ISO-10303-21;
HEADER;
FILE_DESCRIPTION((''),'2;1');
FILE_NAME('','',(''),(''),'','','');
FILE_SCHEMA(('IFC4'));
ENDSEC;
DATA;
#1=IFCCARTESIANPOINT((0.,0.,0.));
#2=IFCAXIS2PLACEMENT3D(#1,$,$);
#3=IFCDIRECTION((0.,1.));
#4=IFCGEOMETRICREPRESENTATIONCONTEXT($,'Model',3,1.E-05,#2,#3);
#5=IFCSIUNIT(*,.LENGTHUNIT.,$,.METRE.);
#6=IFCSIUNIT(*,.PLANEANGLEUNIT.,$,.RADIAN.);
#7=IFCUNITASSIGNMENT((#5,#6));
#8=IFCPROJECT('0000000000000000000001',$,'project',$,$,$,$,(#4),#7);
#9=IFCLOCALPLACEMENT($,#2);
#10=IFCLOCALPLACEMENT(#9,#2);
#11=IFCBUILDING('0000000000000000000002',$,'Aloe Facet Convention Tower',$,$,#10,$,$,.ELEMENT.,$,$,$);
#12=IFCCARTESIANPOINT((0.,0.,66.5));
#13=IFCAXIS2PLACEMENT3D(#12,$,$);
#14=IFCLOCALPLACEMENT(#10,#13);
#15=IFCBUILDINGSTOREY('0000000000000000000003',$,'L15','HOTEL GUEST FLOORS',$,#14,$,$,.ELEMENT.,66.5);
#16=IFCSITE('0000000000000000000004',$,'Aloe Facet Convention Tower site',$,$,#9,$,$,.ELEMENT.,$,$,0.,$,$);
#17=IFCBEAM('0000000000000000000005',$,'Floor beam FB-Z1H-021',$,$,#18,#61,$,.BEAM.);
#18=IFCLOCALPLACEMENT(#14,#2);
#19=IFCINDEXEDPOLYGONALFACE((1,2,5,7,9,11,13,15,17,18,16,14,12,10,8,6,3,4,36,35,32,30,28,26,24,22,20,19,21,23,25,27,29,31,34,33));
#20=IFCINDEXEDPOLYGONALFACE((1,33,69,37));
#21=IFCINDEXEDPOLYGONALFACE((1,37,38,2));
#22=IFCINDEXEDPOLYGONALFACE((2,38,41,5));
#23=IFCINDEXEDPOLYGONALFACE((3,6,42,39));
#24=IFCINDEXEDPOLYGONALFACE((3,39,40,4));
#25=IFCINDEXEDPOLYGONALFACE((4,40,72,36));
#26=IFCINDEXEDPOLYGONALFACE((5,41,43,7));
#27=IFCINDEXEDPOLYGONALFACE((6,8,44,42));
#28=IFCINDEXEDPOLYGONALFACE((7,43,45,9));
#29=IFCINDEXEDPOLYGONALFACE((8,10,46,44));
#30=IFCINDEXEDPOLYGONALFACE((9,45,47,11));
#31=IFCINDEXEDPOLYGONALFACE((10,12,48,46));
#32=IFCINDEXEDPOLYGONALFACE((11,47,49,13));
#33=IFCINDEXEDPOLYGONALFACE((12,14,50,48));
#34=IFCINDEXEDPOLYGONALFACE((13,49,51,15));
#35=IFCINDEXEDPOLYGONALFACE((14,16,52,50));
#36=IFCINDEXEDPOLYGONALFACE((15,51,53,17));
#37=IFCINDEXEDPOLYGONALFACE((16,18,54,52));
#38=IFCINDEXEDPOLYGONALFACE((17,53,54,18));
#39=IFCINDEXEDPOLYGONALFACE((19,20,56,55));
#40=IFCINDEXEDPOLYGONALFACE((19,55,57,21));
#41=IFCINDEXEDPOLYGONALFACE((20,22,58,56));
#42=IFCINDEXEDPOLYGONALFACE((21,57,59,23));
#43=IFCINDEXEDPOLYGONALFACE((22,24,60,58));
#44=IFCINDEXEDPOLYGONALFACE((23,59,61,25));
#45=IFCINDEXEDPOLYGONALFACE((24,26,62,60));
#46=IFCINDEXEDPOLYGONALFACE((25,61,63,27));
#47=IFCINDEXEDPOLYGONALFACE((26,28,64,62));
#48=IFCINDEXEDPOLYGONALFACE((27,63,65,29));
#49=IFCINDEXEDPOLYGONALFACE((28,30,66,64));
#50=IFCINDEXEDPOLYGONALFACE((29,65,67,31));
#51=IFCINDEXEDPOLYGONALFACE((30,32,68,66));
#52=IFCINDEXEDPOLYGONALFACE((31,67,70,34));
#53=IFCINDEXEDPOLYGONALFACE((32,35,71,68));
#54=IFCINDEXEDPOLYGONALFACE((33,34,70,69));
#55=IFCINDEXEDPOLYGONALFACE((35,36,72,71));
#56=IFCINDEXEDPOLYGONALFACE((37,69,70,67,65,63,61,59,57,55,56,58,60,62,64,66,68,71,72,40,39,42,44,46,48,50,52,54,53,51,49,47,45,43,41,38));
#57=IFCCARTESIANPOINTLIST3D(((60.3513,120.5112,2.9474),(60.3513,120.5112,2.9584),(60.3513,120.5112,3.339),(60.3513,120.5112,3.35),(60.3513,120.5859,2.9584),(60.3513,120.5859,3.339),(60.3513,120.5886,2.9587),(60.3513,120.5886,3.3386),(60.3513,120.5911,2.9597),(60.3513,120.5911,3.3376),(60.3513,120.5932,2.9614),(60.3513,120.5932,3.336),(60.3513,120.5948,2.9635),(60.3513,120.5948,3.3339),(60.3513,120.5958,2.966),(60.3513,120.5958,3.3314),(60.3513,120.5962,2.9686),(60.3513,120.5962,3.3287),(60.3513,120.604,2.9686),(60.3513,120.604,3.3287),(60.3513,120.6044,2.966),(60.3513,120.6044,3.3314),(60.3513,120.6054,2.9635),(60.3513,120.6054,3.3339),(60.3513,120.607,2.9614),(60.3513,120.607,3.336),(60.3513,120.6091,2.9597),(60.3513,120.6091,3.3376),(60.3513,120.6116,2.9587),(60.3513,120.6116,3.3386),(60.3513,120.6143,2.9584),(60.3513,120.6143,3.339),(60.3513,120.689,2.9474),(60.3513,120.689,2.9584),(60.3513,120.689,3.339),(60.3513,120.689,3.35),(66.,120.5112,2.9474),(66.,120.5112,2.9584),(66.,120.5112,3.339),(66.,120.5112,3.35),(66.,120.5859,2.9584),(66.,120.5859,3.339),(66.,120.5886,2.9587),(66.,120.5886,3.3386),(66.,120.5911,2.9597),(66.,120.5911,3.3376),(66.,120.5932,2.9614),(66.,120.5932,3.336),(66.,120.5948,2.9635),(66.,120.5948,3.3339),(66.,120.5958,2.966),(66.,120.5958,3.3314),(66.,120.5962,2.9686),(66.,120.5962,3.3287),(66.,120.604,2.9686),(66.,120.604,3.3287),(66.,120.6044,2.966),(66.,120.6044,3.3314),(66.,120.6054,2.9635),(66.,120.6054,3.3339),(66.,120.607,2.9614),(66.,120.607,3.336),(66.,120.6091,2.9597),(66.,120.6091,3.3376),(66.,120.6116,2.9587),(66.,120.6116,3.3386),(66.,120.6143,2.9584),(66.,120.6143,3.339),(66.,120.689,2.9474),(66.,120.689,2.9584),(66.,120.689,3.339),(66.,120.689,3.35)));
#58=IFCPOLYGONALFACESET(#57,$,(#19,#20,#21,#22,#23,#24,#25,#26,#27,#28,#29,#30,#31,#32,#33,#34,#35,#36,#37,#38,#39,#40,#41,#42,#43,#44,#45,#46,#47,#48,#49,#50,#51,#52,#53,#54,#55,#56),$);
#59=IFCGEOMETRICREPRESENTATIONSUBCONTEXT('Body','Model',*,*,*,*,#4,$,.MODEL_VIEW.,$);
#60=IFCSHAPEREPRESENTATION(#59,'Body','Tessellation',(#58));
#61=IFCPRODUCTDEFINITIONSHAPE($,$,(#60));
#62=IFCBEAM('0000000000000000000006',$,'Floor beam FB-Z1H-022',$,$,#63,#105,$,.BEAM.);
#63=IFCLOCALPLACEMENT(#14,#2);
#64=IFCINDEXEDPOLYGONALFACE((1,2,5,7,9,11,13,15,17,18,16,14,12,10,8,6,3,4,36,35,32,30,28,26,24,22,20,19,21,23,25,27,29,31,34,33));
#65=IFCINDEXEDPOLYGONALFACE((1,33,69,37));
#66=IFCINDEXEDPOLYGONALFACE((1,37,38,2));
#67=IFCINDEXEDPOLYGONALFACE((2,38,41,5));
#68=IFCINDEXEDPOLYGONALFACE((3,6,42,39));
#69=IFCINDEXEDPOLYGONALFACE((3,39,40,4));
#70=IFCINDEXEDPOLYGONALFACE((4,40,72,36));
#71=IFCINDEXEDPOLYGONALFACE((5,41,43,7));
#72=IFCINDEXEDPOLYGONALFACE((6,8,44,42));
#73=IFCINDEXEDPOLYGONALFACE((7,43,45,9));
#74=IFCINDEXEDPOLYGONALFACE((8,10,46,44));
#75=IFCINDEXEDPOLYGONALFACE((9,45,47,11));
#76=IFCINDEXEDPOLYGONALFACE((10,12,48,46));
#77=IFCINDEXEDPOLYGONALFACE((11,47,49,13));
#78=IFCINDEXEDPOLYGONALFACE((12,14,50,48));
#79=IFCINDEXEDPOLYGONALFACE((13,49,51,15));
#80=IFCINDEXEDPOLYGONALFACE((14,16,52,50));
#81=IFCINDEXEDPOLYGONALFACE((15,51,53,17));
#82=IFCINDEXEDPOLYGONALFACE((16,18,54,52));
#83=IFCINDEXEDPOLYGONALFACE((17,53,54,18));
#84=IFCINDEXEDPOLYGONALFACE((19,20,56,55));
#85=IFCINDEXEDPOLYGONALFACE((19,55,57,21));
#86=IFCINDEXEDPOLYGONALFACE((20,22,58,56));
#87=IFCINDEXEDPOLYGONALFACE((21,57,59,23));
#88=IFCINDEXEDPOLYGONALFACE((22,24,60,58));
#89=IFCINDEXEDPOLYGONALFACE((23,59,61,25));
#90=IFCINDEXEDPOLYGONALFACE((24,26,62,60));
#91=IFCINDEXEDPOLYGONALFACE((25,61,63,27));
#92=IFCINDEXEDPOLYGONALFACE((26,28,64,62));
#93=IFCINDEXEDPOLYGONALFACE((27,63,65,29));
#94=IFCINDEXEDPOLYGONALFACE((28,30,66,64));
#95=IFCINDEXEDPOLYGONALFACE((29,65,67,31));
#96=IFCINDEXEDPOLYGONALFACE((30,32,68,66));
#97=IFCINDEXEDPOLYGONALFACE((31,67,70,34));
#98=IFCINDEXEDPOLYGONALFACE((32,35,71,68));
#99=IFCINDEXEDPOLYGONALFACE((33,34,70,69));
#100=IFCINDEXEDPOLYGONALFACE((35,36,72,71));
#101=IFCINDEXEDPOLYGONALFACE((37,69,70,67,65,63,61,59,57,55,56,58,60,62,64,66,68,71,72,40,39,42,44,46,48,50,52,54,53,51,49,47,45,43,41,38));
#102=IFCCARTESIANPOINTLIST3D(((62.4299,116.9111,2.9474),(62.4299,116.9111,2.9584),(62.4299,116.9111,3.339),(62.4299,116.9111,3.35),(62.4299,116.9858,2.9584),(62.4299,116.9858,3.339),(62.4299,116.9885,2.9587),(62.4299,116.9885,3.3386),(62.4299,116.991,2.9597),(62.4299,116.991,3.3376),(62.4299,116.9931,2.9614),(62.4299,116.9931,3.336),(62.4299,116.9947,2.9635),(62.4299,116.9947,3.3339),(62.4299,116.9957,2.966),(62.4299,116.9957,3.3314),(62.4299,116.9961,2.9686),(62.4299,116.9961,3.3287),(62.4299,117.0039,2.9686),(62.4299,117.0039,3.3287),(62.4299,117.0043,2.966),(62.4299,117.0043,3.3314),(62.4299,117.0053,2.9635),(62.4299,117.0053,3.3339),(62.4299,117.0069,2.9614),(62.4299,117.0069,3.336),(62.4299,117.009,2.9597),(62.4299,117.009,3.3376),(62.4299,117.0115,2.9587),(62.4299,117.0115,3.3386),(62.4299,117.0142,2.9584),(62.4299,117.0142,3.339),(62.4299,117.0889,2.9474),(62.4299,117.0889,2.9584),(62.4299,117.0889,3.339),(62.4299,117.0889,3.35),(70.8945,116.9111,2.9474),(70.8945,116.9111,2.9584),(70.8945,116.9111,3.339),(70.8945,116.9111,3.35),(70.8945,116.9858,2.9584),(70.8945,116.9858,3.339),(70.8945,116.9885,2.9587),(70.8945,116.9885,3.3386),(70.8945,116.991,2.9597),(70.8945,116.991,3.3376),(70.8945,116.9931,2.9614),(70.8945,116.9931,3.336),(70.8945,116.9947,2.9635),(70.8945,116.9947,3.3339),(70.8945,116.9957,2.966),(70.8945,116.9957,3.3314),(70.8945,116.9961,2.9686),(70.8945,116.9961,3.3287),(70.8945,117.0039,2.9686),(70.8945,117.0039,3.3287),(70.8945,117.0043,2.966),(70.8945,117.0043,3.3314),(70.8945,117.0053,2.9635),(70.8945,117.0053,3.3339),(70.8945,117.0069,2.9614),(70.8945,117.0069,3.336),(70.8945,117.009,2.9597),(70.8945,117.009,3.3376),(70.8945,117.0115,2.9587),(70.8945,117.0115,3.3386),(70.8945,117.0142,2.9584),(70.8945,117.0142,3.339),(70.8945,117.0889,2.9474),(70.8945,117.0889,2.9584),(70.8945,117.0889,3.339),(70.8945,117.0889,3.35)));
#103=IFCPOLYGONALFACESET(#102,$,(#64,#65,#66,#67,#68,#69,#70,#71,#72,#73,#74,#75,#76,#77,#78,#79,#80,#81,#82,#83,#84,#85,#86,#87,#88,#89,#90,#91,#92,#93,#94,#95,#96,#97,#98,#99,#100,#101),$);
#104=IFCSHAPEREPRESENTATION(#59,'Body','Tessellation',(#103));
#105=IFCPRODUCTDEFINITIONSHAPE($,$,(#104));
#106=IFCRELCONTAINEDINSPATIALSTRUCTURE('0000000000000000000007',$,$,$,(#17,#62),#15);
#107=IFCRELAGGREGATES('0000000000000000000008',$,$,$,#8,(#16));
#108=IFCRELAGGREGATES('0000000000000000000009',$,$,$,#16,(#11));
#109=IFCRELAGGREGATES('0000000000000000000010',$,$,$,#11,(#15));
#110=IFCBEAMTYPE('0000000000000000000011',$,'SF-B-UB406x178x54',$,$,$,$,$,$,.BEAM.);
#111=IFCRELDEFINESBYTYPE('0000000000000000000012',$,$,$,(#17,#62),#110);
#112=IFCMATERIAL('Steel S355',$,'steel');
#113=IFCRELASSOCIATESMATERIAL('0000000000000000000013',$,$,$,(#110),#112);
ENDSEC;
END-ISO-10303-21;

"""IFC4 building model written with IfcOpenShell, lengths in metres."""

from ifc_helpers import new_model, si_unit, direction, frame, origin, origin_2d, place, context, subcontext, project, spatial, i_section, extrude, material, material_profile, profile_set, type_object, element, save


model = new_model("IFC4")

# Units and contexts
model_context = context("Model", 3, precision=1e-05, world=origin(), true_north=direction((0.0, 1.0)))
body_context = subcontext(model_context, "Body", "Model", "MODEL_VIEW")
ifc_project = project(units=[si_unit("LENGTHUNIT", "METRE"), si_unit("PLANEANGLEUNIT", "RADIAN")], contexts=[model_context])

# Site, building, storey
site_placement = place(None, origin())
site = spatial("IfcSite", under=ifc_project, at=site_placement, Name="Aloe Facet Convention Tower site", CompositionType="ELEMENT", RefElevation=0.0)
building_placement = place(site_placement, origin())
building = spatial("IfcBuilding", under=site, at=building_placement, Name="Aloe Facet Convention Tower", CompositionType="ELEMENT")
storey_placement = place(building_placement, frame((0.0, 0.0, 66.5)))
storey = spatial("IfcBuildingStorey", under=building, at=storey_placement, Name="L15", Description="HOTEL GUEST FLOORS", CompositionType="ELEMENT", Elevation=66.5)

# Beams
ifc_material_1 = material(Name="Steel S355", Category="steel")
ifc_material_profile = material_profile(ifc_material_1, i_section(OverallWidth=0.1777, OverallDepth=0.4026, WebThickness=0.0078, FlangeThickness=0.011, FilletRadius=0.0103, at=origin_2d()), Name="UB 406x178x54")
ifc_profile_set = profile_set([ifc_material_profile], Name="Steel S355")
beam_type = type_object("IfcBeamType", Name="SF-B-UB406x178x54", PredefinedType="BEAM", material=ifc_profile_set)
beam_1_placement = place(storey_placement, frame((60.3513, 120.6001, 3.1487), z_axis=(1.0, 0.0, 0.0), x_axis=(0.0, 1.0, 0.0)))
element("IfcBeam", 1, at=beam_1_placement, inside=storey, type_object=beam_type, Name="Floor beam FB-Z1H-021", PredefinedType="BEAM", context=body_context, shape_type="SweptSolid", body=[
    extrude(i_section(OverallWidth=0.1777, OverallDepth=0.4026, WebThickness=0.0078, FlangeThickness=0.011, FilletRadius=0.0103, at=origin_2d()), origin(), (0.0, 0.0, 1.0), 5.6487),
])
beam_2_placement = place(storey_placement, frame((62.4299, 117.0, 3.1487), z_axis=(1.0, 0.0, 0.0), x_axis=(0.0, 1.0, 0.0)))
element("IfcBeam", 2, at=beam_2_placement, inside=storey, type_object=beam_type, Name="Floor beam FB-Z1H-022", PredefinedType="BEAM", context=body_context, shape_type="SweptSolid", body=[
    extrude(i_section(OverallWidth=0.1777, OverallDepth=0.4026, WebThickness=0.0078, FlangeThickness=0.011, FilletRadius=0.0103, at=origin_2d()), origin(), (0.0, 0.0, 1.0), 8.4646),
])

save(model, "model.ifc")
